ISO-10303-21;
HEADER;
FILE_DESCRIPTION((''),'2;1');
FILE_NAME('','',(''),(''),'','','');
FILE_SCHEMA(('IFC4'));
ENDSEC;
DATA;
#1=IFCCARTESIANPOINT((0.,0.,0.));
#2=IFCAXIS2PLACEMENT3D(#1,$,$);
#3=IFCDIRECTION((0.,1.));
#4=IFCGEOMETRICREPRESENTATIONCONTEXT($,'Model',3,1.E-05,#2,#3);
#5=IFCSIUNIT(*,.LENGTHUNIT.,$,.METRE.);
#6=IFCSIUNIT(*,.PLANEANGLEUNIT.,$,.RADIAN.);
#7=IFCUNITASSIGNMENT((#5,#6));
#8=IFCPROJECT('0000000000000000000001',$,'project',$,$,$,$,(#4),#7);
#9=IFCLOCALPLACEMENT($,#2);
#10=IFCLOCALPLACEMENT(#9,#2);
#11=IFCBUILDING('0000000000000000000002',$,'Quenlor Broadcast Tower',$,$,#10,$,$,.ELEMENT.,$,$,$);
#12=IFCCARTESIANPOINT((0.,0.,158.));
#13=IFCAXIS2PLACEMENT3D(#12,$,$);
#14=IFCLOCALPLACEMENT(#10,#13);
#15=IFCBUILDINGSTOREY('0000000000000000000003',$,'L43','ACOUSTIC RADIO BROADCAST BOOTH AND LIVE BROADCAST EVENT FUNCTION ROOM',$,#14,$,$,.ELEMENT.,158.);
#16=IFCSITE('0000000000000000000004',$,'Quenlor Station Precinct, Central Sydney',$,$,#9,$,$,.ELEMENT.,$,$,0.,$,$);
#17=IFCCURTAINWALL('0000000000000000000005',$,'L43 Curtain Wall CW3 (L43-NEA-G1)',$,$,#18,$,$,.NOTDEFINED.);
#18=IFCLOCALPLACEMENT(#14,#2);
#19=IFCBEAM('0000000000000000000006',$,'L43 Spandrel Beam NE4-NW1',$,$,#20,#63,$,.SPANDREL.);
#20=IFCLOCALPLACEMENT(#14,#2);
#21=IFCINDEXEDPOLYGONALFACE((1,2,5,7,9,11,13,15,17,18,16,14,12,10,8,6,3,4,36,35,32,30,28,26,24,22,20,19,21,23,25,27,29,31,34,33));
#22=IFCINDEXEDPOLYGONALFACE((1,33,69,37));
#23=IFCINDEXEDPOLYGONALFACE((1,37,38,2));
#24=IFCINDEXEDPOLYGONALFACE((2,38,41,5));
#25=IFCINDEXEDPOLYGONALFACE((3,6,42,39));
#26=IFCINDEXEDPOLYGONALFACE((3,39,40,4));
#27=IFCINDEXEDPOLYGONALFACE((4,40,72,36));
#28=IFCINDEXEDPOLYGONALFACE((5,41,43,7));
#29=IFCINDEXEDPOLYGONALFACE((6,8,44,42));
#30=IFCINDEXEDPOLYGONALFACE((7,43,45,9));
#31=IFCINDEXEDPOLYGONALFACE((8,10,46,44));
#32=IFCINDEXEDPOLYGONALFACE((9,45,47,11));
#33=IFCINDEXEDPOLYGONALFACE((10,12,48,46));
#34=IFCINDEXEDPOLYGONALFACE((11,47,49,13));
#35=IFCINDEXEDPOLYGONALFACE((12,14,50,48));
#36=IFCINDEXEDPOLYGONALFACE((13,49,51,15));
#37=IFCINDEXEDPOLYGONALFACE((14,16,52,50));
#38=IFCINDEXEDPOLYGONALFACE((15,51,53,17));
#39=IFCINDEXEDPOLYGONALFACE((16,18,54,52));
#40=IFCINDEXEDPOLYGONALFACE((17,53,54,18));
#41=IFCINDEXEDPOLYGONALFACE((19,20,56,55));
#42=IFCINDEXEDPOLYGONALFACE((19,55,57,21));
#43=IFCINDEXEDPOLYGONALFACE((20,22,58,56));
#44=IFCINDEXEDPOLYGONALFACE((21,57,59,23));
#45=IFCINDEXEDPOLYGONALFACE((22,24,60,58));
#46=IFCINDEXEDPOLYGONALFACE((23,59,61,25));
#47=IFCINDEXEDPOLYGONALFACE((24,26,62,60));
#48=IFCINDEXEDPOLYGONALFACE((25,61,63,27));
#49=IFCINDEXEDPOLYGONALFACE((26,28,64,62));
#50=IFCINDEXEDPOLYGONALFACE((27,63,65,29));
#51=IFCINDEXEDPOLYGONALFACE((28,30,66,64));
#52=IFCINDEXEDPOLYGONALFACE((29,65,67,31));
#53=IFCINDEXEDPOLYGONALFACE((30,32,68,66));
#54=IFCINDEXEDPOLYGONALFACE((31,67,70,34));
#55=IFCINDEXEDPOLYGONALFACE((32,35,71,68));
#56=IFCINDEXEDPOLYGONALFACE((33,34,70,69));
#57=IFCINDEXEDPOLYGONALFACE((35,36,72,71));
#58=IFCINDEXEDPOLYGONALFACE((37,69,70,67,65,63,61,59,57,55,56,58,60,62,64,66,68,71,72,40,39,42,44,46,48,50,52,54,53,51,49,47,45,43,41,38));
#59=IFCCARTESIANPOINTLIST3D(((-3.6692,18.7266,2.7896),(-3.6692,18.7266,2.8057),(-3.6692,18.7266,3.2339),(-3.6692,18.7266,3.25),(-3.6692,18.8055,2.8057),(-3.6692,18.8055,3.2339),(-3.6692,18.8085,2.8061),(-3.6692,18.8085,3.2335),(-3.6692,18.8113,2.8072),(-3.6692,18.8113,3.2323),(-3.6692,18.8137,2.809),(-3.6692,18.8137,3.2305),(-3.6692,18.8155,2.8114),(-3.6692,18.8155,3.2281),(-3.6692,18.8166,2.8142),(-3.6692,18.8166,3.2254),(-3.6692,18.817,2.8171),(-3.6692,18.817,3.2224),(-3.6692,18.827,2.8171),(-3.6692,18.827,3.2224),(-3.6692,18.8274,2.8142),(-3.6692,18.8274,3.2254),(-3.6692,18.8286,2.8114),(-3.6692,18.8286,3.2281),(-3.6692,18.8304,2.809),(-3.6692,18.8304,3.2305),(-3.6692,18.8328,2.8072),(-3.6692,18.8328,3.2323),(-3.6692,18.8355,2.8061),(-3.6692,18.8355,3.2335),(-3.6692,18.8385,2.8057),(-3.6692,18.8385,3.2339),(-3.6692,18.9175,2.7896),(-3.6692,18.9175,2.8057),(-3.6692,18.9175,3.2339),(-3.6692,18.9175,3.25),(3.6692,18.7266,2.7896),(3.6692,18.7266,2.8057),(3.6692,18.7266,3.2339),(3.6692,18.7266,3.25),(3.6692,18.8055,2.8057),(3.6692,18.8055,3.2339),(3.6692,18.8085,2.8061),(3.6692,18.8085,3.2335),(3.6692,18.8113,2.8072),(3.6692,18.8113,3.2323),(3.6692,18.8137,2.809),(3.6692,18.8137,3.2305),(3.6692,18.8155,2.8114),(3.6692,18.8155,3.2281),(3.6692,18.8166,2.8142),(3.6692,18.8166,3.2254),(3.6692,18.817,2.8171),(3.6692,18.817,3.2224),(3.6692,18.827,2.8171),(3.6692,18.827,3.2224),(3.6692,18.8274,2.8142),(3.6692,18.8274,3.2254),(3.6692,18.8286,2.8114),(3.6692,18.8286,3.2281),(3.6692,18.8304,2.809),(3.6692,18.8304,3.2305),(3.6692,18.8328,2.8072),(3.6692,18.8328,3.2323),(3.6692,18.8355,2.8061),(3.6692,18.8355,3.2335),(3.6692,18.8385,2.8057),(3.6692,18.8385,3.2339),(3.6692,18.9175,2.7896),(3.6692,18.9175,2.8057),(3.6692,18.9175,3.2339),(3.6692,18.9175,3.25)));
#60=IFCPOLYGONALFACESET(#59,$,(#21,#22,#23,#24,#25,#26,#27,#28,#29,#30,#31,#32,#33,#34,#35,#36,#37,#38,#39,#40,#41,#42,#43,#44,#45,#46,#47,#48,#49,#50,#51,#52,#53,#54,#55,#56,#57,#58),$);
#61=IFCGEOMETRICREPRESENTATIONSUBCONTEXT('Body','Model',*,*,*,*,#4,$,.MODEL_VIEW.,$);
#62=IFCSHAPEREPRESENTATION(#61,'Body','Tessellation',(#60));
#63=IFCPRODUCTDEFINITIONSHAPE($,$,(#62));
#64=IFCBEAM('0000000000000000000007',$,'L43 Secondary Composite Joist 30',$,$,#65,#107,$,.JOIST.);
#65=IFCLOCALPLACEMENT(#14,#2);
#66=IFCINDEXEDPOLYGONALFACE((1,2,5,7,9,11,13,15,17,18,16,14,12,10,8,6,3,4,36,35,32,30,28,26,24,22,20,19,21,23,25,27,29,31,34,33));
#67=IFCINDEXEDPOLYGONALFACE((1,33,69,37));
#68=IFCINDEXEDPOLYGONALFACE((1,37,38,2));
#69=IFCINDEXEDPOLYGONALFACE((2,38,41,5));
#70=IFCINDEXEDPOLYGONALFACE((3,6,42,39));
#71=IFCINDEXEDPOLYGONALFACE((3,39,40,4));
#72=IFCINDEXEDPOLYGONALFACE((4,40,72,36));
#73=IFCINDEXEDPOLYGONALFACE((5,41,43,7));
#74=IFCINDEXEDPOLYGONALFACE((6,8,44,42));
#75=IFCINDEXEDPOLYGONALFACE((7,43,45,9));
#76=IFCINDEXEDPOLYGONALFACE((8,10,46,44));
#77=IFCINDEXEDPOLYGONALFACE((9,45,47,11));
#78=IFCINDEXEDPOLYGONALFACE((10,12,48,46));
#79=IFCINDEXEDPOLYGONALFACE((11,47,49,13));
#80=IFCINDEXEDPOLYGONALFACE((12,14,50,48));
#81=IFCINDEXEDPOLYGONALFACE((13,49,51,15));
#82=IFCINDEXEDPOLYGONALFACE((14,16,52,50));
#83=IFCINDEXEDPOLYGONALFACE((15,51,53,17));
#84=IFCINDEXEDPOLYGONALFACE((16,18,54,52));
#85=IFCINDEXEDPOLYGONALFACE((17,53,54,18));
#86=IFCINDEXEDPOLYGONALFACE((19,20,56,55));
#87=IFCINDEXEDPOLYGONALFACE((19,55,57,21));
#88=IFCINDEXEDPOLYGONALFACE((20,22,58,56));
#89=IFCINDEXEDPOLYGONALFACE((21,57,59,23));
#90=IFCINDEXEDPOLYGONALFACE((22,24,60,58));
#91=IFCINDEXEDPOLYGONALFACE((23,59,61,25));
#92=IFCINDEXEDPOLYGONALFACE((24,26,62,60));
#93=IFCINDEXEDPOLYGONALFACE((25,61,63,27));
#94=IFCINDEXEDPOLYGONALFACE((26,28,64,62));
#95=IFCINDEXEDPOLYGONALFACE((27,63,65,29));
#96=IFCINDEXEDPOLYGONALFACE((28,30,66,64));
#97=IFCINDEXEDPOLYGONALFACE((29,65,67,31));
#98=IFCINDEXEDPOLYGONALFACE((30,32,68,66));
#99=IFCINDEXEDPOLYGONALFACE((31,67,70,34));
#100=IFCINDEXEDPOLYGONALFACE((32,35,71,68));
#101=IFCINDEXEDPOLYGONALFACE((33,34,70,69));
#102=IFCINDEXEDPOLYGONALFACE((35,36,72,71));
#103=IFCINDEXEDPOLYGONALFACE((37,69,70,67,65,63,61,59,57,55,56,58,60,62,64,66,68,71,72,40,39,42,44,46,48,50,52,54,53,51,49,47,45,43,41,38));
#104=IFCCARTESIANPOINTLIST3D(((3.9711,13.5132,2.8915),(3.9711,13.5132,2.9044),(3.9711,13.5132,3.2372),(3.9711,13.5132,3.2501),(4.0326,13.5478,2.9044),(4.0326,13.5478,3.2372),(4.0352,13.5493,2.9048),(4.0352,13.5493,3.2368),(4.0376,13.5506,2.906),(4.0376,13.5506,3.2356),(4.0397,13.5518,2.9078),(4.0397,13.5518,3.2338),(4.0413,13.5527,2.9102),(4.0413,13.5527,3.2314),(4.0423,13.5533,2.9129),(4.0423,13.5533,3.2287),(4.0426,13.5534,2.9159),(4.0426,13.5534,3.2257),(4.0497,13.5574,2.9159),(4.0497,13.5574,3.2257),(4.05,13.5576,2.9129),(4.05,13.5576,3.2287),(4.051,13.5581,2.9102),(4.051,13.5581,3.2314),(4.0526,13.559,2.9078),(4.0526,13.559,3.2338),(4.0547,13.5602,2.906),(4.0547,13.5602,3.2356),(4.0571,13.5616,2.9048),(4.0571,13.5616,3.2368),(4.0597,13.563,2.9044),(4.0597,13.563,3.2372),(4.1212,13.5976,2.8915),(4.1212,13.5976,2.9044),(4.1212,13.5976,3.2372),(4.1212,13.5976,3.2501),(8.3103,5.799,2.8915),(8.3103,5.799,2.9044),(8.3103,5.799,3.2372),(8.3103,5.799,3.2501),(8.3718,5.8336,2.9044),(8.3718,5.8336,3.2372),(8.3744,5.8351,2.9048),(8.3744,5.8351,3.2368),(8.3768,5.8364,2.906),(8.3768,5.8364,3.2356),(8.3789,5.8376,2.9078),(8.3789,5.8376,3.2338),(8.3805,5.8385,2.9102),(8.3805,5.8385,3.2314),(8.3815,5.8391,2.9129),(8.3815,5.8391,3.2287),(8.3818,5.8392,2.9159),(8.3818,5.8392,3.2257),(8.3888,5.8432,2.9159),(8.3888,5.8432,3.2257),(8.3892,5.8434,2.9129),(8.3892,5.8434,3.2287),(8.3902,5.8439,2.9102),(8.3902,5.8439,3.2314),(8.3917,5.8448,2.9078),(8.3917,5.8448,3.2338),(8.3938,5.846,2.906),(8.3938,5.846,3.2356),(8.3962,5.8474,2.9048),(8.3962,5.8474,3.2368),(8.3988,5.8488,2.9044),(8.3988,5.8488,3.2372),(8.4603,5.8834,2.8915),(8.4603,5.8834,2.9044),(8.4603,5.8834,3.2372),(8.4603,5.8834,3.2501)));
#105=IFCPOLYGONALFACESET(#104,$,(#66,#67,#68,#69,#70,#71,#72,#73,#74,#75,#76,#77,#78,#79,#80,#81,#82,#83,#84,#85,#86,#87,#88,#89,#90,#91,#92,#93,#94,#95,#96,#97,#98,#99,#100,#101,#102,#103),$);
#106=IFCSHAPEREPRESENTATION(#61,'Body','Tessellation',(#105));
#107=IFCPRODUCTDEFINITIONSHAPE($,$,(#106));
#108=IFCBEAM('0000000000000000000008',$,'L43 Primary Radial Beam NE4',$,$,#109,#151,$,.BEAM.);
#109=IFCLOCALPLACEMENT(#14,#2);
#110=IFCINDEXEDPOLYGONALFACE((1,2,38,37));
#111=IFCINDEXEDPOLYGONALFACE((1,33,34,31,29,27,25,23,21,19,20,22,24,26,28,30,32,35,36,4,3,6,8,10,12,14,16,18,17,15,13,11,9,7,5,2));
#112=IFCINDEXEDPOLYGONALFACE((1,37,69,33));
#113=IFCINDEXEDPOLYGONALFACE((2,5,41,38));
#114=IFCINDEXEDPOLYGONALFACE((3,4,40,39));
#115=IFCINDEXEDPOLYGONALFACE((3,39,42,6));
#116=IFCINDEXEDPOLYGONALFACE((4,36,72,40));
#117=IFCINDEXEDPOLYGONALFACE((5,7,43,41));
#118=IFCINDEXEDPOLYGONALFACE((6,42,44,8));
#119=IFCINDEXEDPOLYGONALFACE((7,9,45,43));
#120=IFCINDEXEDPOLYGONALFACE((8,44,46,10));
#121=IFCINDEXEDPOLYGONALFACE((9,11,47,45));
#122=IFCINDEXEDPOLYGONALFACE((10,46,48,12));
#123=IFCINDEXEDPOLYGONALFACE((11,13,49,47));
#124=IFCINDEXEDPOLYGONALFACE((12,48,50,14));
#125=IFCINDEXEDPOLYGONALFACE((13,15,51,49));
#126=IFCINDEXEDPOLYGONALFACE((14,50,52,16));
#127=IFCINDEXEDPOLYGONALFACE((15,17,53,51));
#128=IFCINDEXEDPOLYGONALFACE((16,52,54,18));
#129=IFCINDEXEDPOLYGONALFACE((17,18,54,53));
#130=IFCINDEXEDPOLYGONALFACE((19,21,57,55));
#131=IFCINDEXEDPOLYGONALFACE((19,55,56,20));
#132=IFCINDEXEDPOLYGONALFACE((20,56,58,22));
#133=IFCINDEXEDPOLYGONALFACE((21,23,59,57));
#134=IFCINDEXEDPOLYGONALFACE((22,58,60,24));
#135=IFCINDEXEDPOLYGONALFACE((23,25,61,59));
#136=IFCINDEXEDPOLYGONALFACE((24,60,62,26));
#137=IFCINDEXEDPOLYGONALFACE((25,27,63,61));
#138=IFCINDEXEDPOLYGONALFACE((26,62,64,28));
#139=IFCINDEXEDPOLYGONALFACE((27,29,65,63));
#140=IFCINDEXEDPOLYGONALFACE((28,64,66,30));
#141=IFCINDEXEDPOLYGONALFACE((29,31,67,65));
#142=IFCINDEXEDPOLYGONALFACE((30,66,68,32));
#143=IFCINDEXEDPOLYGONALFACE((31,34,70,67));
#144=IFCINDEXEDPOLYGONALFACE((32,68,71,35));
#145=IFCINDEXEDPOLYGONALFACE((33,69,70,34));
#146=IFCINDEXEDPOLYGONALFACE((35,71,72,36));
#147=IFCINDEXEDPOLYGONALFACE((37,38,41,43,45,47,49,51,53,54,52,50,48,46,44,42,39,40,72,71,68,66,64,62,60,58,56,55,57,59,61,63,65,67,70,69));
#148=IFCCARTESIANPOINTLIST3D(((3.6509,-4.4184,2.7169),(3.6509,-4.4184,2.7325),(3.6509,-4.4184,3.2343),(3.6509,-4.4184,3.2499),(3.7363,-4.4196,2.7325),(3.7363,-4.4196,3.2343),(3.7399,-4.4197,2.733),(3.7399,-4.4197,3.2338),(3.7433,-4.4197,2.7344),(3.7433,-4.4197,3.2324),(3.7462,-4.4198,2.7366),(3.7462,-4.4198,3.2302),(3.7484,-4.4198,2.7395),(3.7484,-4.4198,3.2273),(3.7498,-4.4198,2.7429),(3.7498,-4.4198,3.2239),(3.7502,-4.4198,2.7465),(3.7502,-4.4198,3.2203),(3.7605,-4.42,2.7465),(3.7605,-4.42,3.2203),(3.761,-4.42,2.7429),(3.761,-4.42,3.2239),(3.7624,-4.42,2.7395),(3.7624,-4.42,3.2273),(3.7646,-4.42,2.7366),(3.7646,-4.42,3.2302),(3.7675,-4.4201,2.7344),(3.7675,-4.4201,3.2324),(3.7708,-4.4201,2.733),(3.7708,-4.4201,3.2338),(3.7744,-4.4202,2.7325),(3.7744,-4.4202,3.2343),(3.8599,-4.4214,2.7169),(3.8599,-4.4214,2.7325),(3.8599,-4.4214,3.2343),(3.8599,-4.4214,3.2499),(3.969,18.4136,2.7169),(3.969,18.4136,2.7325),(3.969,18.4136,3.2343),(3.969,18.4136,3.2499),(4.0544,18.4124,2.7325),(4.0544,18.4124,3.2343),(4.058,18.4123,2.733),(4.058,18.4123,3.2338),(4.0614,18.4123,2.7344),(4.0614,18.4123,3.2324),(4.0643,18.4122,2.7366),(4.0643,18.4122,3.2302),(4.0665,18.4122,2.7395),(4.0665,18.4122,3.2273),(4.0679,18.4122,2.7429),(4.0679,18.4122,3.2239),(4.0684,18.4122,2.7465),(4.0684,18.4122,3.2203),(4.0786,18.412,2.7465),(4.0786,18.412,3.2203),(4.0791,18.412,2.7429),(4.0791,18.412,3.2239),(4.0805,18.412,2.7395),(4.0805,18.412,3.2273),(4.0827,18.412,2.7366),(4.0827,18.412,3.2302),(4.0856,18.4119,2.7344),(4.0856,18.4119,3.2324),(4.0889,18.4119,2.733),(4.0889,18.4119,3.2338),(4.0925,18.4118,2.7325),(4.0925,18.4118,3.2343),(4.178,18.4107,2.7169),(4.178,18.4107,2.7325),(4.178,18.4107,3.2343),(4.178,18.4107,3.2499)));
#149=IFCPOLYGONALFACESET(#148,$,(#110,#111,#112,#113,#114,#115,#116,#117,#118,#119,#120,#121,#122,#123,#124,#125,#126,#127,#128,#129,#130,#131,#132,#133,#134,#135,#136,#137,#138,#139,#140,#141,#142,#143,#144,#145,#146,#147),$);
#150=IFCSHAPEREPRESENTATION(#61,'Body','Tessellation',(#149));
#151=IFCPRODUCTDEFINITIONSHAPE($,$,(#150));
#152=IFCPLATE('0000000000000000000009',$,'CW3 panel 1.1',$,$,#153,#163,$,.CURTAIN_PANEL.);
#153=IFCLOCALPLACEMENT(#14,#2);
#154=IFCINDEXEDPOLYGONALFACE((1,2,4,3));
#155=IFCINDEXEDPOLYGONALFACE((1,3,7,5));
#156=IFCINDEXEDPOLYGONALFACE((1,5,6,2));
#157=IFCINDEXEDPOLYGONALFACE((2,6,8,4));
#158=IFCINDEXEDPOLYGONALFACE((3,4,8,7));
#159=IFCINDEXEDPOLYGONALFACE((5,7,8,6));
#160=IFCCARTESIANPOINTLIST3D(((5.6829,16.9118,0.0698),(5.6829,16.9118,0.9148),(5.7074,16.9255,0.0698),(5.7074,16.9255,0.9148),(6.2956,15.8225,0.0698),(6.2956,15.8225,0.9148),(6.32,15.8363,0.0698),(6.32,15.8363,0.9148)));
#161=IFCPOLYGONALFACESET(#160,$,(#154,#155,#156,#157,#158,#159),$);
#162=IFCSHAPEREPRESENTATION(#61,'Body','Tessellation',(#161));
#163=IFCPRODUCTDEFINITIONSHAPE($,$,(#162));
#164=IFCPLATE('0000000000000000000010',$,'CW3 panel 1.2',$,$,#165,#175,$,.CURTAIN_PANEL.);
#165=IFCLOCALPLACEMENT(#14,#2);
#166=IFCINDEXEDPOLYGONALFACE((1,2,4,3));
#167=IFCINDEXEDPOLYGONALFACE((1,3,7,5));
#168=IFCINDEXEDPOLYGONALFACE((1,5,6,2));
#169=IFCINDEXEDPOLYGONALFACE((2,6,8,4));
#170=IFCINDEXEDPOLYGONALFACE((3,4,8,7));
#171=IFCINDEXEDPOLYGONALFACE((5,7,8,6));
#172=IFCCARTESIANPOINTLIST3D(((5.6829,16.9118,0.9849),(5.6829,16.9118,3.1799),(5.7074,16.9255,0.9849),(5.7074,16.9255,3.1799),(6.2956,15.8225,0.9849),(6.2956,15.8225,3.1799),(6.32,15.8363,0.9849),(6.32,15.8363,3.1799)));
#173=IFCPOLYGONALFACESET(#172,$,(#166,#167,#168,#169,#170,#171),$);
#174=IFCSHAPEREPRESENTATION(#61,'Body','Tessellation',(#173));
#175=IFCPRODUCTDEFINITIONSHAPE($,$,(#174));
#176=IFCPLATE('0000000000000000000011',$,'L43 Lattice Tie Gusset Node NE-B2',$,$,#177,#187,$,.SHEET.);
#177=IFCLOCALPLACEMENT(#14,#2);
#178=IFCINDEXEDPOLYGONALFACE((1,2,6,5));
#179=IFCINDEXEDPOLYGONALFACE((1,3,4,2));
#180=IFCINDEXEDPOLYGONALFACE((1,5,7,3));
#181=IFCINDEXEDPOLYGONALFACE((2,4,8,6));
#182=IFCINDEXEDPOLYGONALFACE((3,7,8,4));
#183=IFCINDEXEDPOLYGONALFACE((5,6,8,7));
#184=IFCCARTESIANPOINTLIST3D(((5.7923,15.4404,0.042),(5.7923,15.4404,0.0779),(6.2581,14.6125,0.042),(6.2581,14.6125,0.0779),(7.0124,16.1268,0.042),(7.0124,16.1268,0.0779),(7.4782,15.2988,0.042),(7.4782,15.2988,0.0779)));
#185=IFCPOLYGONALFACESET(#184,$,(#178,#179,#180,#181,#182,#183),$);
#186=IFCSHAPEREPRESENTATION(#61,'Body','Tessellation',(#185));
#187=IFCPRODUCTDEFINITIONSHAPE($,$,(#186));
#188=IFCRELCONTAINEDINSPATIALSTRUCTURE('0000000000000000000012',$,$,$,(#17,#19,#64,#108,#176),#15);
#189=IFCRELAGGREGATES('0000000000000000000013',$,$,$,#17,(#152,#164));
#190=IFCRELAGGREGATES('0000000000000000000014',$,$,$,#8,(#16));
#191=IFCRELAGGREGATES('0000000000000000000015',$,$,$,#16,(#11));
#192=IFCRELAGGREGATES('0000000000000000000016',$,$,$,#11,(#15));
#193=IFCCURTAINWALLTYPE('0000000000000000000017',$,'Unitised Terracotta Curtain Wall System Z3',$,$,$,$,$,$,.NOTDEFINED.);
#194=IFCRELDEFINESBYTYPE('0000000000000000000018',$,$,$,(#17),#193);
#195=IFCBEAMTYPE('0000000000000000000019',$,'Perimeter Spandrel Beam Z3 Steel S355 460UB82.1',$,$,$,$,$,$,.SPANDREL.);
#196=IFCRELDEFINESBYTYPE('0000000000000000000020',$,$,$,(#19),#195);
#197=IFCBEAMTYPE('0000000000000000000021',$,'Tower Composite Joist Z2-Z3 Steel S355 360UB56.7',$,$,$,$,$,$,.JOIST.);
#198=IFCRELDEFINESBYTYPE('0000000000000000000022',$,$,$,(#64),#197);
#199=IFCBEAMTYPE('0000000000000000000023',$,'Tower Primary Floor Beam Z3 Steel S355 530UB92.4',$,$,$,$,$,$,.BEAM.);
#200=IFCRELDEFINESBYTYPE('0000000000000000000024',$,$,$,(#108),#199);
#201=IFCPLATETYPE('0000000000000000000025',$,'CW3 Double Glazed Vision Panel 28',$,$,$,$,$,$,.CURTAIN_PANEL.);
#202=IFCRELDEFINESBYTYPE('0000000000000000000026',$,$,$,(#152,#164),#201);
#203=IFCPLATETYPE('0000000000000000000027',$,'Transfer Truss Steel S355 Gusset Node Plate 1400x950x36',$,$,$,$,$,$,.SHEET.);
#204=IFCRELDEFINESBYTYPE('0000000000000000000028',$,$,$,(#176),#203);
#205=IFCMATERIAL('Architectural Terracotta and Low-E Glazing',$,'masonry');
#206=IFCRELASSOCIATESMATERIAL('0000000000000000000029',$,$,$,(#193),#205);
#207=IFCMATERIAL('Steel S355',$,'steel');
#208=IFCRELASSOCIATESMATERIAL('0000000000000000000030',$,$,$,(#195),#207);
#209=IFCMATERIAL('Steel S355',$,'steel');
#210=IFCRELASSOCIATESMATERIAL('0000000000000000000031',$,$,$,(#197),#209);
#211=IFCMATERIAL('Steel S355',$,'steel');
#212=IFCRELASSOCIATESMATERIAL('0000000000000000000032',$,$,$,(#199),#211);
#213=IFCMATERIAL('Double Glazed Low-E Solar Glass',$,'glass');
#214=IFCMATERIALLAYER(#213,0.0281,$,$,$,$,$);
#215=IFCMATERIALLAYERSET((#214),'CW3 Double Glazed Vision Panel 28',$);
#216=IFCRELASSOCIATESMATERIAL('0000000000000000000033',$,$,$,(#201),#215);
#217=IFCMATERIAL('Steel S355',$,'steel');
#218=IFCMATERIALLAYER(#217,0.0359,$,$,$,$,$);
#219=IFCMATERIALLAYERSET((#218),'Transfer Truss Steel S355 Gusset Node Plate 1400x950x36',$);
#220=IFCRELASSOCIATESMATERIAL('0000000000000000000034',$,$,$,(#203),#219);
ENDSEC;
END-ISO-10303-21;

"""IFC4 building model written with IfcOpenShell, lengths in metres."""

from ifc_helpers import new_model, si_unit, direction, frame, origin, origin_2d, place, context, subcontext, project, spatial, rectangle, i_section, extrude, material, layer, layer_set, material_profile, profile_set, type_object, element, aggregate, save


model = new_model("IFC4")

# Units and contexts
model_context = context("Model", 3, precision=1e-05, world=origin(), true_north=direction((0.0, 1.0)))
body_context = subcontext(model_context, "Body", "Model", "MODEL_VIEW")
ifc_project = project(units=[si_unit("LENGTHUNIT", "METRE"), si_unit("PLANEANGLEUNIT", "RADIAN")], contexts=[model_context])

# Site, building, storey
site_placement = place(None, origin())
site = spatial("IfcSite", under=ifc_project, at=site_placement, Name="Quenlor Station Precinct, Central Sydney", CompositionType="ELEMENT", RefElevation=0.0)
building_placement = place(site_placement, origin())
building = spatial("IfcBuilding", under=site, at=building_placement, Name="Quenlor Broadcast Tower", CompositionType="ELEMENT")
storey_placement = place(building_placement, frame((0.0, 0.0, 158.0)))
storey = spatial("IfcBuildingStorey", under=building, at=storey_placement, Name="L43", Description="ACOUSTIC RADIO BROADCAST BOOTH AND LIVE BROADCAST EVENT FUNCTION ROOM", CompositionType="ELEMENT", Elevation=158.0)

# Curtain wall
ifc_material_1 = material(Name="Architectural Terracotta and Low-E Glazing", Category="masonry")
curtain_wall_type = type_object("IfcCurtainWallType", Name="Unitised Terracotta Curtain Wall System Z3", PredefinedType="NOTDEFINED", material=ifc_material_1)
curtain_wall_1_placement = place(storey_placement, origin())
curtain_wall_1 = element("IfcCurtainWall", 1, at=curtain_wall_1_placement, inside=storey, type_object=curtain_wall_type, Name="L43 Curtain Wall CW3 (L43-NEA-G1)", PredefinedType="NOTDEFINED")

# Beams
ifc_material_2 = material(Name="Steel S355", Category="steel")
ifc_material_profile_1 = material_profile(ifc_material_2, i_section(OverallWidth=0.1909, OverallDepth=0.4604, WebThickness=0.01, FlangeThickness=0.0161, FilletRadius=0.0115, at=origin_2d()))
ifc_profile_set_1 = profile_set([ifc_material_profile_1], Name="Steel S355 460UB82.1")
beam_type_1 = type_object("IfcBeamType", Name="Perimeter Spandrel Beam Z3 Steel S355 460UB82.1", PredefinedType="SPANDREL", material=ifc_profile_set_1)
beam_1_placement = place(storey_placement, frame((3.6692, 18.822, 3.0198), z_axis=(-1.0, 0.0, 0.0), x_axis=(0.0, -1.0, 0.0)))
element("IfcBeam", 2, at=beam_1_placement, inside=storey, type_object=beam_type_1, Name="L43 Spandrel Beam NE4-NW1", PredefinedType="SPANDREL", context=body_context, shape_type="SweptSolid", body=[
    extrude(i_section(OverallWidth=0.1909, OverallDepth=0.4604, WebThickness=0.01, FlangeThickness=0.0161, FilletRadius=0.0115, at=origin_2d()), origin(), (0.0, 0.0, 1.0), 7.3384),
])
ifc_material_3 = material(Name="Steel S355", Category="steel")
ifc_material_profile_2 = material_profile(ifc_material_3, i_section(OverallWidth=0.1721, OverallDepth=0.3586, WebThickness=0.0081, FlangeThickness=0.0129, FilletRadius=0.0115, at=origin_2d()))
ifc_profile_set_2 = profile_set([ifc_material_profile_2], Name="Steel S355 360UB56.7")
beam_type_2 = type_object("IfcBeamType", Name="Tower Composite Joist Z2-Z3 Steel S355 360UB56.7", PredefinedType="JOIST", material=ifc_profile_set_2)
beam_2_placement = place(storey_placement, frame((4.0461, 13.5554, 3.0708), z_axis=(0.490255, -0.871579, 0.0), x_axis=(0.871579, 0.490255, 0.0)))
element("IfcBeam", 3, at=beam_2_placement, inside=storey, type_object=beam_type_2, Name="L43 Secondary Composite Joist 30", PredefinedType="JOIST", context=body_context, shape_type="SweptSolid", body=[
    extrude(i_section(OverallWidth=0.1721, OverallDepth=0.3586, WebThickness=0.0081, FlangeThickness=0.0129, FilletRadius=0.0115, at=origin_2d()), origin(), (0.0, 0.0, 1.0), 8.8508),
])
ifc_material_4 = material(Name="Steel S355", Category="steel")
ifc_material_profile_3 = material_profile(ifc_material_4, i_section(OverallWidth=0.209, OverallDepth=0.533, WebThickness=0.0103, FlangeThickness=0.0156, FilletRadius=0.0139, at=origin_2d()))
ifc_profile_set_3 = profile_set([ifc_material_profile_3], Name="Steel S355 530UB92.4")
beam_type_3 = type_object("IfcBeamType", Name="Tower Primary Floor Beam Z3 Steel S355 530UB92.4", PredefinedType="BEAM", material=ifc_profile_set_3)
beam_3_placement = place(storey_placement, frame((4.0735, 18.4121, 2.9834), z_axis=(-0.013931, -0.999903, 0.0), x_axis=(0.999903, -0.013931, 0.0)))
element("IfcBeam", 4, at=beam_3_placement, inside=storey, type_object=beam_type_3, Name="L43 Primary Radial Beam NE4", PredefinedType="BEAM", context=body_context, shape_type="SweptSolid", body=[
    extrude(i_section(OverallWidth=0.209, OverallDepth=0.533, WebThickness=0.0103, FlangeThickness=0.0156, FilletRadius=0.0139, at=origin_2d()), origin(), (0.0, 0.0, 1.0), 22.8342),
])

# Plates
ifc_material_5 = material(Name="Double Glazed Low-E Solar Glass", Category="glass")
ifc_layer_1 = layer(ifc_material_5, 0.0281)
ifc_layer_set_1 = layer_set([ifc_layer_1], Name="CW3 Double Glazed Vision Panel 28")
plate_type_1 = type_object("IfcPlateType", Name="CW3 Double Glazed Vision Panel 28", PredefinedType="CURTAIN_PANEL", material=ifc_layer_set_1)
plate_1_placement = place(storey_placement, frame((6.0015, 16.374, 0.0698), z_axis=(0.0, 0.0, 1.0), x_axis=(0.49023, -0.871593, 0.0)))
plate_1 = element("IfcPlate", 5, at=plate_1_placement, type_object=plate_type_1, Name="CW3 panel 1.1", PredefinedType="CURTAIN_PANEL", context=body_context, shape_type="SweptSolid", body=[
    extrude(rectangle(XDim=1.2498, YDim=0.0281, at=origin_2d()), origin(), (0.0, 0.0, 1.0), 0.845),
])
plate_2_placement = place(storey_placement, frame((6.0015, 16.374, 0.9849), z_axis=(0.0, 0.0, 1.0), x_axis=(0.49023, -0.871593, 0.0)))
plate_2 = element("IfcPlate", 6, at=plate_2_placement, type_object=plate_type_1, Name="CW3 panel 1.2", PredefinedType="CURTAIN_PANEL", context=body_context, shape_type="SweptSolid", body=[
    extrude(rectangle(XDim=1.2498, YDim=0.0281, at=origin_2d()), origin(), (0.0, 0.0, 1.0), 2.1951),
])
aggregate(curtain_wall_1, [plate_1, plate_2])

# Plate
ifc_material_6 = material(Name="Steel S355", Category="steel")
ifc_layer_2 = layer(ifc_material_6, 0.0359)
ifc_layer_set_2 = layer_set([ifc_layer_2], Name="Transfer Truss Steel S355 Gusset Node Plate 1400x950x36")
plate_type_2 = type_object("IfcPlateType", Name="Transfer Truss Steel S355 Gusset Node Plate 1400x950x36", PredefinedType="SHEET", material=ifc_layer_set_2)
for number, where, z_axis, x_axis, name in (
    (7, (6.6353, 15.3696, 0.042), (0.0, 0.0, 1.0), (0.871556, 0.490295, 0.0), "L43 Lattice Tie Gusset Node NE-B2"),
):
    element("IfcPlate", number, at=place(storey_placement, frame(where, z_axis=z_axis, x_axis=x_axis)), inside=storey, type_object=plate_type_2, Name=name, PredefinedType="SHEET", context=body_context, shape_type="SweptSolid", body=[
        extrude(rectangle(XDim=1.3999, YDim=0.95, at=origin_2d()), origin(), (0.0, 0.0, 1.0), 0.0359),
    ])

save(model, "model.ifc")
